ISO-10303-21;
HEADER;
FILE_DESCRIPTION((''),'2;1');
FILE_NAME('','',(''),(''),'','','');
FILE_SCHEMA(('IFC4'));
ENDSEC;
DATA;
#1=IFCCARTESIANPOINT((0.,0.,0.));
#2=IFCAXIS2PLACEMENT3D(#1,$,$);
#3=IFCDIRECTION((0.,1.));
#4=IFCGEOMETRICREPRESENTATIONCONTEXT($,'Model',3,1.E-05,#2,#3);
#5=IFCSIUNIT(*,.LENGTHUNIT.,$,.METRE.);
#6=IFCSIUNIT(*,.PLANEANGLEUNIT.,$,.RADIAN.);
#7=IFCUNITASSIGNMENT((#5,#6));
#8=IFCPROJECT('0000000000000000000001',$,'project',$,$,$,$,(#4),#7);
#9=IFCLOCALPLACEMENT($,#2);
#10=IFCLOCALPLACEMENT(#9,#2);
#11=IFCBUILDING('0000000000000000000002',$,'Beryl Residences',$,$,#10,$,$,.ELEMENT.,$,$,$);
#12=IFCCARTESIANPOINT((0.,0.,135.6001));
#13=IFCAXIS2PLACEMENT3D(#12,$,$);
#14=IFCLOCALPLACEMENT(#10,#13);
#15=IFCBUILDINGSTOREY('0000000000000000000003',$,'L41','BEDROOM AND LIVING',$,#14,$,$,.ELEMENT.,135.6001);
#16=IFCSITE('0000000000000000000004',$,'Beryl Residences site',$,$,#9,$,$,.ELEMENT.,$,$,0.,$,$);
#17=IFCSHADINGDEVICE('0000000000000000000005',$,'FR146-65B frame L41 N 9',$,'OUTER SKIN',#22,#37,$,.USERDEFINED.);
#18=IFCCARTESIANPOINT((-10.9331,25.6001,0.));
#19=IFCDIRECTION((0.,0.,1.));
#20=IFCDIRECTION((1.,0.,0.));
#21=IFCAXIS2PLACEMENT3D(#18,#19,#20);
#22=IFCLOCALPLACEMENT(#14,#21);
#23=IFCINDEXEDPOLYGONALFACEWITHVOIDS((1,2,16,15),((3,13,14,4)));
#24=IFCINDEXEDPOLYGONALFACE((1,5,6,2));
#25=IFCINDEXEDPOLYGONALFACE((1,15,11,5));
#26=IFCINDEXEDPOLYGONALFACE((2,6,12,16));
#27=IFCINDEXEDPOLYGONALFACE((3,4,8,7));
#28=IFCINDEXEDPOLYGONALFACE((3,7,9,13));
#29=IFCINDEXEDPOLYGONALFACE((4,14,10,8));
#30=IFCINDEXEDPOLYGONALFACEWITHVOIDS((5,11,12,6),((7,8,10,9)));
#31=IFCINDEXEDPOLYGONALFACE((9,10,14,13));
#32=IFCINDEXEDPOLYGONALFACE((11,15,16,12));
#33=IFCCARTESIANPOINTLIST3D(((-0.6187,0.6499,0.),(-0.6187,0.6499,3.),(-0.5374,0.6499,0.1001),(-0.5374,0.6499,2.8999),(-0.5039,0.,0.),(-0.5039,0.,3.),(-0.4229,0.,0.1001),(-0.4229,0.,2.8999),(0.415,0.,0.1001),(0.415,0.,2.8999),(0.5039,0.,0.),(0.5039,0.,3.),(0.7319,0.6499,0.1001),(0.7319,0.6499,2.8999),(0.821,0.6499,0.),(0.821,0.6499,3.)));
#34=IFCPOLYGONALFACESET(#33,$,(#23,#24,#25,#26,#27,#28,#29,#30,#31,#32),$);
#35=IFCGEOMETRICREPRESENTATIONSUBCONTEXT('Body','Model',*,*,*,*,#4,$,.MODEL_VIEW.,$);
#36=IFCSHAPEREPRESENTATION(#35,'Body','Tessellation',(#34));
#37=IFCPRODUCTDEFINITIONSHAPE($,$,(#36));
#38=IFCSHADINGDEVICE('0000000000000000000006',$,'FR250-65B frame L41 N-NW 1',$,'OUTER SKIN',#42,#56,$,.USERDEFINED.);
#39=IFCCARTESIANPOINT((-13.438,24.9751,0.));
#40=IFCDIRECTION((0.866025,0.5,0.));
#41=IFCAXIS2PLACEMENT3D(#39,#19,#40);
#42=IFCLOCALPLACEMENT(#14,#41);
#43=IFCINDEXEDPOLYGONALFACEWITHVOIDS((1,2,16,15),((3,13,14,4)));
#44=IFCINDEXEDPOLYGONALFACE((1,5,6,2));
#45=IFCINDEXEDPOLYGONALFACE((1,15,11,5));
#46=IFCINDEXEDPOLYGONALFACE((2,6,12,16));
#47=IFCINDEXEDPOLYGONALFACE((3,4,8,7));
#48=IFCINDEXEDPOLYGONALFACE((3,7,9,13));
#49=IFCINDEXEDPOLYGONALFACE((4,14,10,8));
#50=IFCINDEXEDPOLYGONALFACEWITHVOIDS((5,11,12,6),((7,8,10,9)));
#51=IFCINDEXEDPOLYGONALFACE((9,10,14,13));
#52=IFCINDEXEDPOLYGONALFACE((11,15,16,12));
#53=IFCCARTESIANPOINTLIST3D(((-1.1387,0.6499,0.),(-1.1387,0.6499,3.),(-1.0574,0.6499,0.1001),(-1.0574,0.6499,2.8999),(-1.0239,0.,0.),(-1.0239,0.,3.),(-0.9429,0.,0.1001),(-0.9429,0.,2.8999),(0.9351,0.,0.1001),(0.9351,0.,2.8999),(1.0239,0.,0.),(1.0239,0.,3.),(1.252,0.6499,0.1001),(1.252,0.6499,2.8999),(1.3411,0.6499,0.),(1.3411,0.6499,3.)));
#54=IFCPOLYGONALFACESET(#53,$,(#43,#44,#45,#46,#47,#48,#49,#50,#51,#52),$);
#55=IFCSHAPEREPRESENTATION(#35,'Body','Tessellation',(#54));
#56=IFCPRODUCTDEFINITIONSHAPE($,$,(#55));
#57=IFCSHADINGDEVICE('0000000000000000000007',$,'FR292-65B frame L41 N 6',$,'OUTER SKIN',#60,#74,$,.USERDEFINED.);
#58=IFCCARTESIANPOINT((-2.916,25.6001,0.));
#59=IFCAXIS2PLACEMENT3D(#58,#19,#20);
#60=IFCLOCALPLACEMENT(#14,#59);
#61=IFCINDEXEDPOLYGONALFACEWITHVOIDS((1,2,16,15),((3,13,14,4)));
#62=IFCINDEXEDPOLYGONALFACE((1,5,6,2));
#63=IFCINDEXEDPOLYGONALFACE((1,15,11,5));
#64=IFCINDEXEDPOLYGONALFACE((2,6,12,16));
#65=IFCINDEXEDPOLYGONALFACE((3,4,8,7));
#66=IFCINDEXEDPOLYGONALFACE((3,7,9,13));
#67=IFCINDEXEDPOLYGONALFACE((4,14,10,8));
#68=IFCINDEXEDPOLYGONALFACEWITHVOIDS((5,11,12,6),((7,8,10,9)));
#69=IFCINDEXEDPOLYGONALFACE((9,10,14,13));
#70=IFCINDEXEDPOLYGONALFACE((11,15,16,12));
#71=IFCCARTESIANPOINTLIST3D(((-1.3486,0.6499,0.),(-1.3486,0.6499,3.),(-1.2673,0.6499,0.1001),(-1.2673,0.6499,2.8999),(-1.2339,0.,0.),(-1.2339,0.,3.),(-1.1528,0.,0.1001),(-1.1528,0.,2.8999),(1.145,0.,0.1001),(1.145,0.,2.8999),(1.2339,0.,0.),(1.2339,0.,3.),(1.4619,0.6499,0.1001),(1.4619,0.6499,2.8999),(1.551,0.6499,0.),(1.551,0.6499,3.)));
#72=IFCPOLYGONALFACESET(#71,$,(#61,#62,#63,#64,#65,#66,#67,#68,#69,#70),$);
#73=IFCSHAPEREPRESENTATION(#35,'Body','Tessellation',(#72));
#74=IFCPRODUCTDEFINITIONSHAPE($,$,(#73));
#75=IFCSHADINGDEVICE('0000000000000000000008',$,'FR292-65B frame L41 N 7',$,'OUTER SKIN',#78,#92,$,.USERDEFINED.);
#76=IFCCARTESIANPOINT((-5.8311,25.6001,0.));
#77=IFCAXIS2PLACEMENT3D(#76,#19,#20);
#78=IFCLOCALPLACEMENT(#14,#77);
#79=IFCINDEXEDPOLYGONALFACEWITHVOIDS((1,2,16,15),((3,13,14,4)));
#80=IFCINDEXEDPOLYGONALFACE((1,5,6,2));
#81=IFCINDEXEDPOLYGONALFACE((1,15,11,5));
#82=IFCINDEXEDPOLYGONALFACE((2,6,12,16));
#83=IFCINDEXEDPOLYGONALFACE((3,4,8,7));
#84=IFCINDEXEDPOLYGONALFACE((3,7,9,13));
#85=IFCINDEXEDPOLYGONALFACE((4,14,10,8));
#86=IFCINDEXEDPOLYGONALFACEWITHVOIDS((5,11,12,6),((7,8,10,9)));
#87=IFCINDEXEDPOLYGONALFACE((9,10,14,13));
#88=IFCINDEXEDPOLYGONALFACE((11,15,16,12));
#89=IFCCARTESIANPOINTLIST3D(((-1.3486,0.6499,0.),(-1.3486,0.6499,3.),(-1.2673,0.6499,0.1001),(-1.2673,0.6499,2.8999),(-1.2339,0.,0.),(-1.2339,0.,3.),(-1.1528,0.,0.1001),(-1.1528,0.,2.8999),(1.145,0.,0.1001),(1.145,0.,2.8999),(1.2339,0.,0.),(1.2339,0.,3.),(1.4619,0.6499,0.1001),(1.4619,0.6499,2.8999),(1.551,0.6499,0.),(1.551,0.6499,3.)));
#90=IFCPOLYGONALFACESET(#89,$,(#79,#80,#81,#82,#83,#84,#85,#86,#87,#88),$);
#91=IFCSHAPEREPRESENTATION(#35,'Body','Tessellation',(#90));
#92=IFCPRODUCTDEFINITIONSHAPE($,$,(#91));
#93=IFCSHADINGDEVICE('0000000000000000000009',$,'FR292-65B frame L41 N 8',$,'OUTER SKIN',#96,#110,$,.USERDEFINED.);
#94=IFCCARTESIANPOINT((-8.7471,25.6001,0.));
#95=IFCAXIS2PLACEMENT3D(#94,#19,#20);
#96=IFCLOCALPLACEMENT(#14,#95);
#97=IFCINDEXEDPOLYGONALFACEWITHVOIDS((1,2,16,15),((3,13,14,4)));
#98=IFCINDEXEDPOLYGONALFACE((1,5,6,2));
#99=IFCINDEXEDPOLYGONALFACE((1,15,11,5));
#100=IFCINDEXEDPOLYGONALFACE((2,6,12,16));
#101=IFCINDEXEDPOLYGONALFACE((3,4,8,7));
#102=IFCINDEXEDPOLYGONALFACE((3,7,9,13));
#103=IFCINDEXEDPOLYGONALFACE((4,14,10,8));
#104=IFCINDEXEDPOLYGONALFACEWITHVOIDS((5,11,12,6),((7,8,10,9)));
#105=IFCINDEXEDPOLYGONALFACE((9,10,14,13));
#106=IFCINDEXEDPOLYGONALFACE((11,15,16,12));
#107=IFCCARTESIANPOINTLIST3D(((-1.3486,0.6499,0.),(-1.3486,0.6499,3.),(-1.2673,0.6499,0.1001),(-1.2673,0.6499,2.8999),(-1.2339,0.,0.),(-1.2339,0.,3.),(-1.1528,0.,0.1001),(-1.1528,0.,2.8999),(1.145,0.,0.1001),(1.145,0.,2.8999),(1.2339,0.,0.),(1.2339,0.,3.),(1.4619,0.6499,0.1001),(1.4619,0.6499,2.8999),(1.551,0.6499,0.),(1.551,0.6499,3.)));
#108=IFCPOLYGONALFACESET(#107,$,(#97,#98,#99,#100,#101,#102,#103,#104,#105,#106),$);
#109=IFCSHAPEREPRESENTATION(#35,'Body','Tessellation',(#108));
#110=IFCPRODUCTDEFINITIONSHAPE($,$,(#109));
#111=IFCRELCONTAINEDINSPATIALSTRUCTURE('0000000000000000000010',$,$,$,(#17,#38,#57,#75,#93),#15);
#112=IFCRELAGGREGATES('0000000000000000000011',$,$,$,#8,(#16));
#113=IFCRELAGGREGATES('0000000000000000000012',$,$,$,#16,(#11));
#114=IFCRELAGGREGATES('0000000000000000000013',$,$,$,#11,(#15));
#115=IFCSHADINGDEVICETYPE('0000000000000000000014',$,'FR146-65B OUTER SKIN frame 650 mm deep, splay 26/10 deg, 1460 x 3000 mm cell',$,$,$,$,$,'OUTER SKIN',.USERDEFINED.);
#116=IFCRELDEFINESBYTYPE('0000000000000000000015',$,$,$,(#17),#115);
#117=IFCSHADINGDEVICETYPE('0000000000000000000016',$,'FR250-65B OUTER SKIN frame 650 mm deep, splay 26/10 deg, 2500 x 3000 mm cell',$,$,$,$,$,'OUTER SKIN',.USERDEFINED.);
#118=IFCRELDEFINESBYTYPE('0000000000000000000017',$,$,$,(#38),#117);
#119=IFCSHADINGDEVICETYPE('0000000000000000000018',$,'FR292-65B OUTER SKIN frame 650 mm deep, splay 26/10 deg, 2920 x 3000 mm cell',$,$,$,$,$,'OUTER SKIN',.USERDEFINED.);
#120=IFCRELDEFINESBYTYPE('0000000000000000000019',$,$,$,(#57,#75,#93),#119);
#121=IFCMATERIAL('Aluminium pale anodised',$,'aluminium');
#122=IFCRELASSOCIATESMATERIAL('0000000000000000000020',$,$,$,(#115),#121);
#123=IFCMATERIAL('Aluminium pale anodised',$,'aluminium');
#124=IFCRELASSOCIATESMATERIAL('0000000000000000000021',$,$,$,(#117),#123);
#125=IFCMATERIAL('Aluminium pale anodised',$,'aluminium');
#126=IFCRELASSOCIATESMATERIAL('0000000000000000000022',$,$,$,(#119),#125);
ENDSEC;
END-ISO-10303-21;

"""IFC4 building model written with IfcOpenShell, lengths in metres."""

from ifc_helpers import new_model, entity, si_unit, direction, frame, origin, place, context, subcontext, project, spatial, source, transform, mapped, material, type_object, type_shapes, element, save


model = new_model("IFC4")

# Units and contexts
model_context = context("Model", 3, precision=1e-05, world=origin(), true_north=direction((0.0, 1.0)))
body_context = subcontext(model_context, "Body", "Model", "MODEL_VIEW")
ifc_project = project(units=[si_unit("LENGTHUNIT", "METRE"), si_unit("PLANEANGLEUNIT", "RADIAN")], contexts=[model_context])

# Site, building, storey
site_placement = place(None, origin())
site = spatial("IfcSite", under=ifc_project, at=site_placement, Name="Beryl Residences site", CompositionType="ELEMENT", RefElevation=0.0)
building_placement = place(site_placement, origin())
building = spatial("IfcBuilding", under=site, at=building_placement, Name="Beryl Residences", CompositionType="ELEMENT")
storey_placement = place(building_placement, frame((0.0, 0.0, 135.6001)))
storey = spatial("IfcBuildingStorey", under=building, at=storey_placement, Name="L41", Description="BEDROOM AND LIVING", CompositionType="ELEMENT", Elevation=135.6001)

# Shading devices
ifc_material_1 = material(Name="Aluminium pale anodised", Category="aluminium")
shading_device_type_1 = type_object("IfcShadingDeviceType", Name="FR146-65B OUTER SKIN frame 650 mm deep, splay 26/10 deg, 1460 x 3000 mm cell", ElementType="OUTER SKIN", PredefinedType="USERDEFINED", material=ifc_material_1)
cartesian_point_1 = entity("IfcCartesianPoint", [-0.5039, 0.0])
cartesian_point_2 = entity("IfcCartesianPoint", [-0.415, 0.1001])
cartesian_point_3 = entity("IfcCartesianPoint", [-0.821, 0.0])
cartesian_point_4 = entity("IfcCartesianPoint", [-0.7319, 0.1001])
shared_shape_1 = source(origin(), body_context, "Body", "SweptSolid", [
    entity("IfcExtrudedAreaSolidTapered", entity("IfcArbitraryProfileDefWithVoids", "AREA", None, entity("IfcPolyline", [cartesian_point_1, entity("IfcCartesianPoint", [0.5039, 0.0]), entity("IfcCartesianPoint", [0.5039, 3.0]), entity("IfcCartesianPoint", [-0.5039, 3.0]), cartesian_point_1]), [entity("IfcPolyline", [cartesian_point_2, entity("IfcCartesianPoint", [0.4229, 0.1001]), entity("IfcCartesianPoint", [0.4229, 2.8999]), entity("IfcCartesianPoint", [-0.415, 2.8999]), cartesian_point_2])]), entity("IfcAxis2Placement3D", entity("IfcCartesianPoint", [0.0, 0.0, 0.0]), entity("IfcDirection", [0.0, 1.0, 0.0]), entity("IfcDirection", [-1.0, 0.0, 0.0])), entity("IfcDirection", [0.0, 0.0, 1.0]), 0.6499, entity("IfcArbitraryProfileDefWithVoids", "AREA", None, entity("IfcPolyline", [cartesian_point_3, entity("IfcCartesianPoint", [0.6187, 0.0]), entity("IfcCartesianPoint", [0.6187, 3.0]), entity("IfcCartesianPoint", [-0.821, 3.0]), cartesian_point_3]), [entity("IfcPolyline", [cartesian_point_4, entity("IfcCartesianPoint", [0.5374, 0.1001]), entity("IfcCartesianPoint", [0.5374, 2.8999]), entity("IfcCartesianPoint", [-0.7319, 2.8999]), cartesian_point_4])])),
])
type_shapes(shading_device_type_1, [shared_shape_1])
shading_device_1_placement = place(storey_placement, frame((-10.9331, 25.6001, 0.0), z_axis=(0.0, 0.0, 1.0), x_axis=(1.0, 0.0, 0.0)))
element("IfcShadingDevice", 1, at=shading_device_1_placement, inside=storey, type_object=shading_device_type_1, Name="FR146-65B frame L41 N 9", ObjectType="OUTER SKIN", PredefinedType="USERDEFINED", context=body_context, shape_type="MappedRepresentation", body=[
    mapped(shared_shape_1, transform((0.0, 0.0, 0.0))),
])
ifc_material_2 = material(Name="Aluminium pale anodised", Category="aluminium")
shading_device_type_2 = type_object("IfcShadingDeviceType", Name="FR250-65B OUTER SKIN frame 650 mm deep, splay 26/10 deg, 2500 x 3000 mm cell", ElementType="OUTER SKIN", PredefinedType="USERDEFINED", material=ifc_material_2)
cartesian_point_5 = entity("IfcCartesianPoint", [-1.0239, 0.0])
cartesian_point_6 = entity("IfcCartesianPoint", [-0.9351, 0.1001])
cartesian_point_7 = entity("IfcCartesianPoint", [-1.3411, 0.0])
cartesian_point_8 = entity("IfcCartesianPoint", [-1.252, 0.1001])
shared_shape_2 = source(origin(), body_context, "Body", "SweptSolid", [
    entity("IfcExtrudedAreaSolidTapered", entity("IfcArbitraryProfileDefWithVoids", "AREA", None, entity("IfcPolyline", [cartesian_point_5, entity("IfcCartesianPoint", [1.0239, 0.0]), entity("IfcCartesianPoint", [1.0239, 3.0]), entity("IfcCartesianPoint", [-1.0239, 3.0]), cartesian_point_5]), [entity("IfcPolyline", [cartesian_point_6, entity("IfcCartesianPoint", [0.9429, 0.1001]), entity("IfcCartesianPoint", [0.9429, 2.8999]), entity("IfcCartesianPoint", [-0.9351, 2.8999]), cartesian_point_6])]), entity("IfcAxis2Placement3D", entity("IfcCartesianPoint", [0.0, 0.0, 0.0]), entity("IfcDirection", [0.0, 1.0, 0.0]), entity("IfcDirection", [-1.0, 0.0, 0.0])), entity("IfcDirection", [0.0, 0.0, 1.0]), 0.6499, entity("IfcArbitraryProfileDefWithVoids", "AREA", None, entity("IfcPolyline", [cartesian_point_7, entity("IfcCartesianPoint", [1.1387, 0.0]), entity("IfcCartesianPoint", [1.1387, 3.0]), entity("IfcCartesianPoint", [-1.3411, 3.0]), cartesian_point_7]), [entity("IfcPolyline", [cartesian_point_8, entity("IfcCartesianPoint", [1.0574, 0.1001]), entity("IfcCartesianPoint", [1.0574, 2.8999]), entity("IfcCartesianPoint", [-1.252, 2.8999]), cartesian_point_8])])),
])
type_shapes(shading_device_type_2, [shared_shape_2])
shading_device_2_placement = place(storey_placement, frame((-13.438, 24.9751, 0.0), z_axis=(0.0, 0.0, 1.0), x_axis=(0.866025, 0.5, 0.0)))
element("IfcShadingDevice", 2, at=shading_device_2_placement, inside=storey, type_object=shading_device_type_2, Name="FR250-65B frame L41 N-NW 1", ObjectType="OUTER SKIN", PredefinedType="USERDEFINED", context=body_context, shape_type="MappedRepresentation", body=[
    mapped(shared_shape_2, transform((0.0, 0.0, 0.0))),
])
ifc_material_3 = material(Name="Aluminium pale anodised", Category="aluminium")
shading_device_type_3 = type_object("IfcShadingDeviceType", Name="FR292-65B OUTER SKIN frame 650 mm deep, splay 26/10 deg, 2920 x 3000 mm cell", ElementType="OUTER SKIN", PredefinedType="USERDEFINED", material=ifc_material_3)
cartesian_point_9 = entity("IfcCartesianPoint", [-1.2339, 0.0])
cartesian_point_10 = entity("IfcCartesianPoint", [-1.145, 0.1001])
cartesian_point_11 = entity("IfcCartesianPoint", [-1.551, 0.0])
cartesian_point_12 = entity("IfcCartesianPoint", [-1.4619, 0.1001])
shared_shape_3 = source(origin(), body_context, "Body", "SweptSolid", [
    entity("IfcExtrudedAreaSolidTapered", entity("IfcArbitraryProfileDefWithVoids", "AREA", None, entity("IfcPolyline", [cartesian_point_9, entity("IfcCartesianPoint", [1.2339, 0.0]), entity("IfcCartesianPoint", [1.2339, 3.0]), entity("IfcCartesianPoint", [-1.2339, 3.0]), cartesian_point_9]), [entity("IfcPolyline", [cartesian_point_10, entity("IfcCartesianPoint", [1.1528, 0.1001]), entity("IfcCartesianPoint", [1.1528, 2.8999]), entity("IfcCartesianPoint", [-1.145, 2.8999]), cartesian_point_10])]), entity("IfcAxis2Placement3D", entity("IfcCartesianPoint", [0.0, 0.0, 0.0]), entity("IfcDirection", [0.0, 1.0, 0.0]), entity("IfcDirection", [-1.0, 0.0, 0.0])), entity("IfcDirection", [0.0, 0.0, 1.0]), 0.6499, entity("IfcArbitraryProfileDefWithVoids", "AREA", None, entity("IfcPolyline", [cartesian_point_11, entity("IfcCartesianPoint", [1.3486, 0.0]), entity("IfcCartesianPoint", [1.3486, 3.0]), entity("IfcCartesianPoint", [-1.551, 3.0]), cartesian_point_11]), [entity("IfcPolyline", [cartesian_point_12, entity("IfcCartesianPoint", [1.2673, 0.1001]), entity("IfcCartesianPoint", [1.2673, 2.8999]), entity("IfcCartesianPoint", [-1.4619, 2.8999]), cartesian_point_12])])),
])
type_shapes(shading_device_type_3, [shared_shape_3])
for number, where, z_axis, x_axis, name in (
    (3, (-2.916, 25.6001, 0.0), (0.0, 0.0, 1.0), (1.0, 0.0, 0.0), "FR292-65B frame L41 N 6"),
    (4, (-5.8311, 25.6001, 0.0), (0.0, 0.0, 1.0), (1.0, 0.0, 0.0), "FR292-65B frame L41 N 7"),
    (5, (-8.7471, 25.6001, 0.0), (0.0, 0.0, 1.0), (1.0, 0.0, 0.0), "FR292-65B frame L41 N 8"),
):
    element("IfcShadingDevice", number, at=place(storey_placement, frame(where, z_axis=z_axis, x_axis=x_axis)), inside=storey, type_object=shading_device_type_3, Name=name, ObjectType="OUTER SKIN", PredefinedType="USERDEFINED", context=body_context, shape_type="MappedRepresentation", body=[
        mapped(shared_shape_3, transform((0.0, 0.0, 0.0))),
    ])

save(model, "model.ifc")
